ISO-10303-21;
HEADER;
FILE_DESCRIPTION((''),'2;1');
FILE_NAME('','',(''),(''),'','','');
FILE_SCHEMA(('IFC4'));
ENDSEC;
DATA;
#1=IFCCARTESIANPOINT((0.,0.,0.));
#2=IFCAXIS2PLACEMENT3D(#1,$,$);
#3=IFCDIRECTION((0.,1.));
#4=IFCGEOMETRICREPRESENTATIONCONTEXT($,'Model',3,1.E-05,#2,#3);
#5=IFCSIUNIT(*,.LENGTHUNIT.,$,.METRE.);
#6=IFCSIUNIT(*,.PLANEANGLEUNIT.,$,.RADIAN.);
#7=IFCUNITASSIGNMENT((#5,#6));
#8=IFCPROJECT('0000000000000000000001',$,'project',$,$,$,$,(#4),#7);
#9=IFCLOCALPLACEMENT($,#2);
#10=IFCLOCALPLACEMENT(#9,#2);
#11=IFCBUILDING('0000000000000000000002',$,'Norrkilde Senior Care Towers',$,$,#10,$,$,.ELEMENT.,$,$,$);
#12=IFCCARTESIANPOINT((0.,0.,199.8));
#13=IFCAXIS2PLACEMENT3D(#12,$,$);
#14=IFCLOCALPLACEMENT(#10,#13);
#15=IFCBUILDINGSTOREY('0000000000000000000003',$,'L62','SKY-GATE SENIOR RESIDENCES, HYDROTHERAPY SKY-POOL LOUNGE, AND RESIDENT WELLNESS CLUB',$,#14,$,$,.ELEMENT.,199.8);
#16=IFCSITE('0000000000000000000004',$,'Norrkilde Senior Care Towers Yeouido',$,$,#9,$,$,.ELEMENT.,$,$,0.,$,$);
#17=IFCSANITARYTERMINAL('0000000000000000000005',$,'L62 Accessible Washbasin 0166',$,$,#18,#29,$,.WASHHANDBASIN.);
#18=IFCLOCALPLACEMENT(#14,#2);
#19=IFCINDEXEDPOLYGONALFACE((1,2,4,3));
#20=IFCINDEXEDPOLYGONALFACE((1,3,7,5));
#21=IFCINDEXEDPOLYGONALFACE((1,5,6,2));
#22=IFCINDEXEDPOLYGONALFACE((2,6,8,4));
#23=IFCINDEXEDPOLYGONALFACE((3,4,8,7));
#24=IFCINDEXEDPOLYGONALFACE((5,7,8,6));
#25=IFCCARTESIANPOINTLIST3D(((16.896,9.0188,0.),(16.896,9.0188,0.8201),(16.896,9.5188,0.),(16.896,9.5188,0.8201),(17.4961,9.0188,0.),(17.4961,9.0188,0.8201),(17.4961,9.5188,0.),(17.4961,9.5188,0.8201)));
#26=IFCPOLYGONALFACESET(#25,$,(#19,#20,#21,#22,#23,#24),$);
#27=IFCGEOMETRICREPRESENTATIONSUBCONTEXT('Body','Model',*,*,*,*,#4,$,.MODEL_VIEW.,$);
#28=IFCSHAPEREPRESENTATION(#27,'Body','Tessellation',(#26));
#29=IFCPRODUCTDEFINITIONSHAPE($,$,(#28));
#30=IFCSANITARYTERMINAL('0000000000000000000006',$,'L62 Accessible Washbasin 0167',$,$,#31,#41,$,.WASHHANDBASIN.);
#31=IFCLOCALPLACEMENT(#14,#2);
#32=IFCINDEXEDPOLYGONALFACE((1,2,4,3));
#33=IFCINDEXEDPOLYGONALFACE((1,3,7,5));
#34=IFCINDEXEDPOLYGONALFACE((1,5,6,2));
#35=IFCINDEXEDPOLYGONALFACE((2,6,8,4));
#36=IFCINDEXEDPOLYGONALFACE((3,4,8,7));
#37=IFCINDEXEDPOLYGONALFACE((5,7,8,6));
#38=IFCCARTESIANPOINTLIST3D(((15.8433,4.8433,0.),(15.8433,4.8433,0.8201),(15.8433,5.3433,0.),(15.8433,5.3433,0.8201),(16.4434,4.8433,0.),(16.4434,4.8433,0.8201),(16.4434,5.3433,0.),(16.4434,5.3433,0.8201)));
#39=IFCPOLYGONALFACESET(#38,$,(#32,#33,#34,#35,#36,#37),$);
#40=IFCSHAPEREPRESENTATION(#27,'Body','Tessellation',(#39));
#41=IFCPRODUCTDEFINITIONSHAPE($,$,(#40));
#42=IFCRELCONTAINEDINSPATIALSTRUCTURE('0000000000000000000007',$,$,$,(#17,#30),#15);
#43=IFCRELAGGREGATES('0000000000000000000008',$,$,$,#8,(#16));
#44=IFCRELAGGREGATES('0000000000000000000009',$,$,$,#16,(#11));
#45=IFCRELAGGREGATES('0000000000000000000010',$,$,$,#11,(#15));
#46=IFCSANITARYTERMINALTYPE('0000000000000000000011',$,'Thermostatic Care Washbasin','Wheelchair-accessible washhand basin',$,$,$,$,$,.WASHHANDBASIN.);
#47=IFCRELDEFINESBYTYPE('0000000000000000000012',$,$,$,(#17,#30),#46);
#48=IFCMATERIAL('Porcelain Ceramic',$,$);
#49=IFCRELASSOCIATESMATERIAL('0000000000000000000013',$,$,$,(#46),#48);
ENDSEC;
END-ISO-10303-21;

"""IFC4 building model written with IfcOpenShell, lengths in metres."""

from ifc_helpers import new_model, si_unit, direction, frame, origin, origin_2d, place, context, subcontext, project, spatial, rectangle, extrude, source, transform, mapped, material, type_object, type_shapes, element, save


model = new_model("IFC4")

# Units and contexts
model_context = context("Model", 3, precision=1e-05, world=origin(), true_north=direction((0.0, 1.0)))
body_context = subcontext(model_context, "Body", "Model", "MODEL_VIEW")
ifc_project = project(units=[si_unit("LENGTHUNIT", "METRE"), si_unit("PLANEANGLEUNIT", "RADIAN")], contexts=[model_context])

# Site, building, storey
site_placement = place(None, origin())
site = spatial("IfcSite", under=ifc_project, at=site_placement, Name="Norrkilde Senior Care Towers Yeouido", CompositionType="ELEMENT", RefElevation=0.0)
building_placement = place(site_placement, origin())
building = spatial("IfcBuilding", under=site, at=building_placement, Name="Norrkilde Senior Care Towers", CompositionType="ELEMENT")
storey_placement = place(building_placement, frame((0.0, 0.0, 199.8)))
storey = spatial("IfcBuildingStorey", under=building, at=storey_placement, Name="L62", Description="SKY-GATE SENIOR RESIDENCES, HYDROTHERAPY SKY-POOL LOUNGE, AND RESIDENT WELLNESS CLUB", CompositionType="ELEMENT", Elevation=199.8)

# Sanitary terminals
ifc_material_1 = material(Name="Porcelain Ceramic")
sanitary_terminal_type_1 = type_object("IfcSanitaryTerminalType", Name="Thermostatic Care Washbasin", Description="Wheelchair-accessible washhand basin", PredefinedType="WASHHANDBASIN", material=ifc_material_1)
shared_shape_1 = source(origin(), body_context, "Body", "SweptSolid", [
    extrude(rectangle(XDim=0.6001, YDim=0.5, at=origin_2d()), origin(), (0.0, 0.0, 1.0), 0.8201),
])
type_shapes(sanitary_terminal_type_1, [shared_shape_1])
for number, where, z_axis, x_axis, name in (
    (1, (17.196, 9.2688, 0.0), (0.0, 0.0, 1.0), (1.0, 0.0, 0.0), "L62 Accessible Washbasin 0166"),
    (2, (16.1433, 5.0933, 0.0), (0.0, 0.0, 1.0), (1.0, 0.0, 0.0), "L62 Accessible Washbasin 0167"),
):
    element("IfcSanitaryTerminal", number, at=place(storey_placement, frame(where, z_axis=z_axis, x_axis=x_axis)), inside=storey, type_object=sanitary_terminal_type_1, Name=name, PredefinedType="WASHHANDBASIN", context=body_context, shape_type="MappedRepresentation", body=[
        mapped(shared_shape_1, transform((0.0, 0.0, 0.0), x_axis=(1.0, 0.0, 0.0), y_axis=(0.0, 1.0, 0.0), z_axis=(0.0, 0.0, 1.0), scale=1.0)),
    ])

save(model, "model.ifc")
